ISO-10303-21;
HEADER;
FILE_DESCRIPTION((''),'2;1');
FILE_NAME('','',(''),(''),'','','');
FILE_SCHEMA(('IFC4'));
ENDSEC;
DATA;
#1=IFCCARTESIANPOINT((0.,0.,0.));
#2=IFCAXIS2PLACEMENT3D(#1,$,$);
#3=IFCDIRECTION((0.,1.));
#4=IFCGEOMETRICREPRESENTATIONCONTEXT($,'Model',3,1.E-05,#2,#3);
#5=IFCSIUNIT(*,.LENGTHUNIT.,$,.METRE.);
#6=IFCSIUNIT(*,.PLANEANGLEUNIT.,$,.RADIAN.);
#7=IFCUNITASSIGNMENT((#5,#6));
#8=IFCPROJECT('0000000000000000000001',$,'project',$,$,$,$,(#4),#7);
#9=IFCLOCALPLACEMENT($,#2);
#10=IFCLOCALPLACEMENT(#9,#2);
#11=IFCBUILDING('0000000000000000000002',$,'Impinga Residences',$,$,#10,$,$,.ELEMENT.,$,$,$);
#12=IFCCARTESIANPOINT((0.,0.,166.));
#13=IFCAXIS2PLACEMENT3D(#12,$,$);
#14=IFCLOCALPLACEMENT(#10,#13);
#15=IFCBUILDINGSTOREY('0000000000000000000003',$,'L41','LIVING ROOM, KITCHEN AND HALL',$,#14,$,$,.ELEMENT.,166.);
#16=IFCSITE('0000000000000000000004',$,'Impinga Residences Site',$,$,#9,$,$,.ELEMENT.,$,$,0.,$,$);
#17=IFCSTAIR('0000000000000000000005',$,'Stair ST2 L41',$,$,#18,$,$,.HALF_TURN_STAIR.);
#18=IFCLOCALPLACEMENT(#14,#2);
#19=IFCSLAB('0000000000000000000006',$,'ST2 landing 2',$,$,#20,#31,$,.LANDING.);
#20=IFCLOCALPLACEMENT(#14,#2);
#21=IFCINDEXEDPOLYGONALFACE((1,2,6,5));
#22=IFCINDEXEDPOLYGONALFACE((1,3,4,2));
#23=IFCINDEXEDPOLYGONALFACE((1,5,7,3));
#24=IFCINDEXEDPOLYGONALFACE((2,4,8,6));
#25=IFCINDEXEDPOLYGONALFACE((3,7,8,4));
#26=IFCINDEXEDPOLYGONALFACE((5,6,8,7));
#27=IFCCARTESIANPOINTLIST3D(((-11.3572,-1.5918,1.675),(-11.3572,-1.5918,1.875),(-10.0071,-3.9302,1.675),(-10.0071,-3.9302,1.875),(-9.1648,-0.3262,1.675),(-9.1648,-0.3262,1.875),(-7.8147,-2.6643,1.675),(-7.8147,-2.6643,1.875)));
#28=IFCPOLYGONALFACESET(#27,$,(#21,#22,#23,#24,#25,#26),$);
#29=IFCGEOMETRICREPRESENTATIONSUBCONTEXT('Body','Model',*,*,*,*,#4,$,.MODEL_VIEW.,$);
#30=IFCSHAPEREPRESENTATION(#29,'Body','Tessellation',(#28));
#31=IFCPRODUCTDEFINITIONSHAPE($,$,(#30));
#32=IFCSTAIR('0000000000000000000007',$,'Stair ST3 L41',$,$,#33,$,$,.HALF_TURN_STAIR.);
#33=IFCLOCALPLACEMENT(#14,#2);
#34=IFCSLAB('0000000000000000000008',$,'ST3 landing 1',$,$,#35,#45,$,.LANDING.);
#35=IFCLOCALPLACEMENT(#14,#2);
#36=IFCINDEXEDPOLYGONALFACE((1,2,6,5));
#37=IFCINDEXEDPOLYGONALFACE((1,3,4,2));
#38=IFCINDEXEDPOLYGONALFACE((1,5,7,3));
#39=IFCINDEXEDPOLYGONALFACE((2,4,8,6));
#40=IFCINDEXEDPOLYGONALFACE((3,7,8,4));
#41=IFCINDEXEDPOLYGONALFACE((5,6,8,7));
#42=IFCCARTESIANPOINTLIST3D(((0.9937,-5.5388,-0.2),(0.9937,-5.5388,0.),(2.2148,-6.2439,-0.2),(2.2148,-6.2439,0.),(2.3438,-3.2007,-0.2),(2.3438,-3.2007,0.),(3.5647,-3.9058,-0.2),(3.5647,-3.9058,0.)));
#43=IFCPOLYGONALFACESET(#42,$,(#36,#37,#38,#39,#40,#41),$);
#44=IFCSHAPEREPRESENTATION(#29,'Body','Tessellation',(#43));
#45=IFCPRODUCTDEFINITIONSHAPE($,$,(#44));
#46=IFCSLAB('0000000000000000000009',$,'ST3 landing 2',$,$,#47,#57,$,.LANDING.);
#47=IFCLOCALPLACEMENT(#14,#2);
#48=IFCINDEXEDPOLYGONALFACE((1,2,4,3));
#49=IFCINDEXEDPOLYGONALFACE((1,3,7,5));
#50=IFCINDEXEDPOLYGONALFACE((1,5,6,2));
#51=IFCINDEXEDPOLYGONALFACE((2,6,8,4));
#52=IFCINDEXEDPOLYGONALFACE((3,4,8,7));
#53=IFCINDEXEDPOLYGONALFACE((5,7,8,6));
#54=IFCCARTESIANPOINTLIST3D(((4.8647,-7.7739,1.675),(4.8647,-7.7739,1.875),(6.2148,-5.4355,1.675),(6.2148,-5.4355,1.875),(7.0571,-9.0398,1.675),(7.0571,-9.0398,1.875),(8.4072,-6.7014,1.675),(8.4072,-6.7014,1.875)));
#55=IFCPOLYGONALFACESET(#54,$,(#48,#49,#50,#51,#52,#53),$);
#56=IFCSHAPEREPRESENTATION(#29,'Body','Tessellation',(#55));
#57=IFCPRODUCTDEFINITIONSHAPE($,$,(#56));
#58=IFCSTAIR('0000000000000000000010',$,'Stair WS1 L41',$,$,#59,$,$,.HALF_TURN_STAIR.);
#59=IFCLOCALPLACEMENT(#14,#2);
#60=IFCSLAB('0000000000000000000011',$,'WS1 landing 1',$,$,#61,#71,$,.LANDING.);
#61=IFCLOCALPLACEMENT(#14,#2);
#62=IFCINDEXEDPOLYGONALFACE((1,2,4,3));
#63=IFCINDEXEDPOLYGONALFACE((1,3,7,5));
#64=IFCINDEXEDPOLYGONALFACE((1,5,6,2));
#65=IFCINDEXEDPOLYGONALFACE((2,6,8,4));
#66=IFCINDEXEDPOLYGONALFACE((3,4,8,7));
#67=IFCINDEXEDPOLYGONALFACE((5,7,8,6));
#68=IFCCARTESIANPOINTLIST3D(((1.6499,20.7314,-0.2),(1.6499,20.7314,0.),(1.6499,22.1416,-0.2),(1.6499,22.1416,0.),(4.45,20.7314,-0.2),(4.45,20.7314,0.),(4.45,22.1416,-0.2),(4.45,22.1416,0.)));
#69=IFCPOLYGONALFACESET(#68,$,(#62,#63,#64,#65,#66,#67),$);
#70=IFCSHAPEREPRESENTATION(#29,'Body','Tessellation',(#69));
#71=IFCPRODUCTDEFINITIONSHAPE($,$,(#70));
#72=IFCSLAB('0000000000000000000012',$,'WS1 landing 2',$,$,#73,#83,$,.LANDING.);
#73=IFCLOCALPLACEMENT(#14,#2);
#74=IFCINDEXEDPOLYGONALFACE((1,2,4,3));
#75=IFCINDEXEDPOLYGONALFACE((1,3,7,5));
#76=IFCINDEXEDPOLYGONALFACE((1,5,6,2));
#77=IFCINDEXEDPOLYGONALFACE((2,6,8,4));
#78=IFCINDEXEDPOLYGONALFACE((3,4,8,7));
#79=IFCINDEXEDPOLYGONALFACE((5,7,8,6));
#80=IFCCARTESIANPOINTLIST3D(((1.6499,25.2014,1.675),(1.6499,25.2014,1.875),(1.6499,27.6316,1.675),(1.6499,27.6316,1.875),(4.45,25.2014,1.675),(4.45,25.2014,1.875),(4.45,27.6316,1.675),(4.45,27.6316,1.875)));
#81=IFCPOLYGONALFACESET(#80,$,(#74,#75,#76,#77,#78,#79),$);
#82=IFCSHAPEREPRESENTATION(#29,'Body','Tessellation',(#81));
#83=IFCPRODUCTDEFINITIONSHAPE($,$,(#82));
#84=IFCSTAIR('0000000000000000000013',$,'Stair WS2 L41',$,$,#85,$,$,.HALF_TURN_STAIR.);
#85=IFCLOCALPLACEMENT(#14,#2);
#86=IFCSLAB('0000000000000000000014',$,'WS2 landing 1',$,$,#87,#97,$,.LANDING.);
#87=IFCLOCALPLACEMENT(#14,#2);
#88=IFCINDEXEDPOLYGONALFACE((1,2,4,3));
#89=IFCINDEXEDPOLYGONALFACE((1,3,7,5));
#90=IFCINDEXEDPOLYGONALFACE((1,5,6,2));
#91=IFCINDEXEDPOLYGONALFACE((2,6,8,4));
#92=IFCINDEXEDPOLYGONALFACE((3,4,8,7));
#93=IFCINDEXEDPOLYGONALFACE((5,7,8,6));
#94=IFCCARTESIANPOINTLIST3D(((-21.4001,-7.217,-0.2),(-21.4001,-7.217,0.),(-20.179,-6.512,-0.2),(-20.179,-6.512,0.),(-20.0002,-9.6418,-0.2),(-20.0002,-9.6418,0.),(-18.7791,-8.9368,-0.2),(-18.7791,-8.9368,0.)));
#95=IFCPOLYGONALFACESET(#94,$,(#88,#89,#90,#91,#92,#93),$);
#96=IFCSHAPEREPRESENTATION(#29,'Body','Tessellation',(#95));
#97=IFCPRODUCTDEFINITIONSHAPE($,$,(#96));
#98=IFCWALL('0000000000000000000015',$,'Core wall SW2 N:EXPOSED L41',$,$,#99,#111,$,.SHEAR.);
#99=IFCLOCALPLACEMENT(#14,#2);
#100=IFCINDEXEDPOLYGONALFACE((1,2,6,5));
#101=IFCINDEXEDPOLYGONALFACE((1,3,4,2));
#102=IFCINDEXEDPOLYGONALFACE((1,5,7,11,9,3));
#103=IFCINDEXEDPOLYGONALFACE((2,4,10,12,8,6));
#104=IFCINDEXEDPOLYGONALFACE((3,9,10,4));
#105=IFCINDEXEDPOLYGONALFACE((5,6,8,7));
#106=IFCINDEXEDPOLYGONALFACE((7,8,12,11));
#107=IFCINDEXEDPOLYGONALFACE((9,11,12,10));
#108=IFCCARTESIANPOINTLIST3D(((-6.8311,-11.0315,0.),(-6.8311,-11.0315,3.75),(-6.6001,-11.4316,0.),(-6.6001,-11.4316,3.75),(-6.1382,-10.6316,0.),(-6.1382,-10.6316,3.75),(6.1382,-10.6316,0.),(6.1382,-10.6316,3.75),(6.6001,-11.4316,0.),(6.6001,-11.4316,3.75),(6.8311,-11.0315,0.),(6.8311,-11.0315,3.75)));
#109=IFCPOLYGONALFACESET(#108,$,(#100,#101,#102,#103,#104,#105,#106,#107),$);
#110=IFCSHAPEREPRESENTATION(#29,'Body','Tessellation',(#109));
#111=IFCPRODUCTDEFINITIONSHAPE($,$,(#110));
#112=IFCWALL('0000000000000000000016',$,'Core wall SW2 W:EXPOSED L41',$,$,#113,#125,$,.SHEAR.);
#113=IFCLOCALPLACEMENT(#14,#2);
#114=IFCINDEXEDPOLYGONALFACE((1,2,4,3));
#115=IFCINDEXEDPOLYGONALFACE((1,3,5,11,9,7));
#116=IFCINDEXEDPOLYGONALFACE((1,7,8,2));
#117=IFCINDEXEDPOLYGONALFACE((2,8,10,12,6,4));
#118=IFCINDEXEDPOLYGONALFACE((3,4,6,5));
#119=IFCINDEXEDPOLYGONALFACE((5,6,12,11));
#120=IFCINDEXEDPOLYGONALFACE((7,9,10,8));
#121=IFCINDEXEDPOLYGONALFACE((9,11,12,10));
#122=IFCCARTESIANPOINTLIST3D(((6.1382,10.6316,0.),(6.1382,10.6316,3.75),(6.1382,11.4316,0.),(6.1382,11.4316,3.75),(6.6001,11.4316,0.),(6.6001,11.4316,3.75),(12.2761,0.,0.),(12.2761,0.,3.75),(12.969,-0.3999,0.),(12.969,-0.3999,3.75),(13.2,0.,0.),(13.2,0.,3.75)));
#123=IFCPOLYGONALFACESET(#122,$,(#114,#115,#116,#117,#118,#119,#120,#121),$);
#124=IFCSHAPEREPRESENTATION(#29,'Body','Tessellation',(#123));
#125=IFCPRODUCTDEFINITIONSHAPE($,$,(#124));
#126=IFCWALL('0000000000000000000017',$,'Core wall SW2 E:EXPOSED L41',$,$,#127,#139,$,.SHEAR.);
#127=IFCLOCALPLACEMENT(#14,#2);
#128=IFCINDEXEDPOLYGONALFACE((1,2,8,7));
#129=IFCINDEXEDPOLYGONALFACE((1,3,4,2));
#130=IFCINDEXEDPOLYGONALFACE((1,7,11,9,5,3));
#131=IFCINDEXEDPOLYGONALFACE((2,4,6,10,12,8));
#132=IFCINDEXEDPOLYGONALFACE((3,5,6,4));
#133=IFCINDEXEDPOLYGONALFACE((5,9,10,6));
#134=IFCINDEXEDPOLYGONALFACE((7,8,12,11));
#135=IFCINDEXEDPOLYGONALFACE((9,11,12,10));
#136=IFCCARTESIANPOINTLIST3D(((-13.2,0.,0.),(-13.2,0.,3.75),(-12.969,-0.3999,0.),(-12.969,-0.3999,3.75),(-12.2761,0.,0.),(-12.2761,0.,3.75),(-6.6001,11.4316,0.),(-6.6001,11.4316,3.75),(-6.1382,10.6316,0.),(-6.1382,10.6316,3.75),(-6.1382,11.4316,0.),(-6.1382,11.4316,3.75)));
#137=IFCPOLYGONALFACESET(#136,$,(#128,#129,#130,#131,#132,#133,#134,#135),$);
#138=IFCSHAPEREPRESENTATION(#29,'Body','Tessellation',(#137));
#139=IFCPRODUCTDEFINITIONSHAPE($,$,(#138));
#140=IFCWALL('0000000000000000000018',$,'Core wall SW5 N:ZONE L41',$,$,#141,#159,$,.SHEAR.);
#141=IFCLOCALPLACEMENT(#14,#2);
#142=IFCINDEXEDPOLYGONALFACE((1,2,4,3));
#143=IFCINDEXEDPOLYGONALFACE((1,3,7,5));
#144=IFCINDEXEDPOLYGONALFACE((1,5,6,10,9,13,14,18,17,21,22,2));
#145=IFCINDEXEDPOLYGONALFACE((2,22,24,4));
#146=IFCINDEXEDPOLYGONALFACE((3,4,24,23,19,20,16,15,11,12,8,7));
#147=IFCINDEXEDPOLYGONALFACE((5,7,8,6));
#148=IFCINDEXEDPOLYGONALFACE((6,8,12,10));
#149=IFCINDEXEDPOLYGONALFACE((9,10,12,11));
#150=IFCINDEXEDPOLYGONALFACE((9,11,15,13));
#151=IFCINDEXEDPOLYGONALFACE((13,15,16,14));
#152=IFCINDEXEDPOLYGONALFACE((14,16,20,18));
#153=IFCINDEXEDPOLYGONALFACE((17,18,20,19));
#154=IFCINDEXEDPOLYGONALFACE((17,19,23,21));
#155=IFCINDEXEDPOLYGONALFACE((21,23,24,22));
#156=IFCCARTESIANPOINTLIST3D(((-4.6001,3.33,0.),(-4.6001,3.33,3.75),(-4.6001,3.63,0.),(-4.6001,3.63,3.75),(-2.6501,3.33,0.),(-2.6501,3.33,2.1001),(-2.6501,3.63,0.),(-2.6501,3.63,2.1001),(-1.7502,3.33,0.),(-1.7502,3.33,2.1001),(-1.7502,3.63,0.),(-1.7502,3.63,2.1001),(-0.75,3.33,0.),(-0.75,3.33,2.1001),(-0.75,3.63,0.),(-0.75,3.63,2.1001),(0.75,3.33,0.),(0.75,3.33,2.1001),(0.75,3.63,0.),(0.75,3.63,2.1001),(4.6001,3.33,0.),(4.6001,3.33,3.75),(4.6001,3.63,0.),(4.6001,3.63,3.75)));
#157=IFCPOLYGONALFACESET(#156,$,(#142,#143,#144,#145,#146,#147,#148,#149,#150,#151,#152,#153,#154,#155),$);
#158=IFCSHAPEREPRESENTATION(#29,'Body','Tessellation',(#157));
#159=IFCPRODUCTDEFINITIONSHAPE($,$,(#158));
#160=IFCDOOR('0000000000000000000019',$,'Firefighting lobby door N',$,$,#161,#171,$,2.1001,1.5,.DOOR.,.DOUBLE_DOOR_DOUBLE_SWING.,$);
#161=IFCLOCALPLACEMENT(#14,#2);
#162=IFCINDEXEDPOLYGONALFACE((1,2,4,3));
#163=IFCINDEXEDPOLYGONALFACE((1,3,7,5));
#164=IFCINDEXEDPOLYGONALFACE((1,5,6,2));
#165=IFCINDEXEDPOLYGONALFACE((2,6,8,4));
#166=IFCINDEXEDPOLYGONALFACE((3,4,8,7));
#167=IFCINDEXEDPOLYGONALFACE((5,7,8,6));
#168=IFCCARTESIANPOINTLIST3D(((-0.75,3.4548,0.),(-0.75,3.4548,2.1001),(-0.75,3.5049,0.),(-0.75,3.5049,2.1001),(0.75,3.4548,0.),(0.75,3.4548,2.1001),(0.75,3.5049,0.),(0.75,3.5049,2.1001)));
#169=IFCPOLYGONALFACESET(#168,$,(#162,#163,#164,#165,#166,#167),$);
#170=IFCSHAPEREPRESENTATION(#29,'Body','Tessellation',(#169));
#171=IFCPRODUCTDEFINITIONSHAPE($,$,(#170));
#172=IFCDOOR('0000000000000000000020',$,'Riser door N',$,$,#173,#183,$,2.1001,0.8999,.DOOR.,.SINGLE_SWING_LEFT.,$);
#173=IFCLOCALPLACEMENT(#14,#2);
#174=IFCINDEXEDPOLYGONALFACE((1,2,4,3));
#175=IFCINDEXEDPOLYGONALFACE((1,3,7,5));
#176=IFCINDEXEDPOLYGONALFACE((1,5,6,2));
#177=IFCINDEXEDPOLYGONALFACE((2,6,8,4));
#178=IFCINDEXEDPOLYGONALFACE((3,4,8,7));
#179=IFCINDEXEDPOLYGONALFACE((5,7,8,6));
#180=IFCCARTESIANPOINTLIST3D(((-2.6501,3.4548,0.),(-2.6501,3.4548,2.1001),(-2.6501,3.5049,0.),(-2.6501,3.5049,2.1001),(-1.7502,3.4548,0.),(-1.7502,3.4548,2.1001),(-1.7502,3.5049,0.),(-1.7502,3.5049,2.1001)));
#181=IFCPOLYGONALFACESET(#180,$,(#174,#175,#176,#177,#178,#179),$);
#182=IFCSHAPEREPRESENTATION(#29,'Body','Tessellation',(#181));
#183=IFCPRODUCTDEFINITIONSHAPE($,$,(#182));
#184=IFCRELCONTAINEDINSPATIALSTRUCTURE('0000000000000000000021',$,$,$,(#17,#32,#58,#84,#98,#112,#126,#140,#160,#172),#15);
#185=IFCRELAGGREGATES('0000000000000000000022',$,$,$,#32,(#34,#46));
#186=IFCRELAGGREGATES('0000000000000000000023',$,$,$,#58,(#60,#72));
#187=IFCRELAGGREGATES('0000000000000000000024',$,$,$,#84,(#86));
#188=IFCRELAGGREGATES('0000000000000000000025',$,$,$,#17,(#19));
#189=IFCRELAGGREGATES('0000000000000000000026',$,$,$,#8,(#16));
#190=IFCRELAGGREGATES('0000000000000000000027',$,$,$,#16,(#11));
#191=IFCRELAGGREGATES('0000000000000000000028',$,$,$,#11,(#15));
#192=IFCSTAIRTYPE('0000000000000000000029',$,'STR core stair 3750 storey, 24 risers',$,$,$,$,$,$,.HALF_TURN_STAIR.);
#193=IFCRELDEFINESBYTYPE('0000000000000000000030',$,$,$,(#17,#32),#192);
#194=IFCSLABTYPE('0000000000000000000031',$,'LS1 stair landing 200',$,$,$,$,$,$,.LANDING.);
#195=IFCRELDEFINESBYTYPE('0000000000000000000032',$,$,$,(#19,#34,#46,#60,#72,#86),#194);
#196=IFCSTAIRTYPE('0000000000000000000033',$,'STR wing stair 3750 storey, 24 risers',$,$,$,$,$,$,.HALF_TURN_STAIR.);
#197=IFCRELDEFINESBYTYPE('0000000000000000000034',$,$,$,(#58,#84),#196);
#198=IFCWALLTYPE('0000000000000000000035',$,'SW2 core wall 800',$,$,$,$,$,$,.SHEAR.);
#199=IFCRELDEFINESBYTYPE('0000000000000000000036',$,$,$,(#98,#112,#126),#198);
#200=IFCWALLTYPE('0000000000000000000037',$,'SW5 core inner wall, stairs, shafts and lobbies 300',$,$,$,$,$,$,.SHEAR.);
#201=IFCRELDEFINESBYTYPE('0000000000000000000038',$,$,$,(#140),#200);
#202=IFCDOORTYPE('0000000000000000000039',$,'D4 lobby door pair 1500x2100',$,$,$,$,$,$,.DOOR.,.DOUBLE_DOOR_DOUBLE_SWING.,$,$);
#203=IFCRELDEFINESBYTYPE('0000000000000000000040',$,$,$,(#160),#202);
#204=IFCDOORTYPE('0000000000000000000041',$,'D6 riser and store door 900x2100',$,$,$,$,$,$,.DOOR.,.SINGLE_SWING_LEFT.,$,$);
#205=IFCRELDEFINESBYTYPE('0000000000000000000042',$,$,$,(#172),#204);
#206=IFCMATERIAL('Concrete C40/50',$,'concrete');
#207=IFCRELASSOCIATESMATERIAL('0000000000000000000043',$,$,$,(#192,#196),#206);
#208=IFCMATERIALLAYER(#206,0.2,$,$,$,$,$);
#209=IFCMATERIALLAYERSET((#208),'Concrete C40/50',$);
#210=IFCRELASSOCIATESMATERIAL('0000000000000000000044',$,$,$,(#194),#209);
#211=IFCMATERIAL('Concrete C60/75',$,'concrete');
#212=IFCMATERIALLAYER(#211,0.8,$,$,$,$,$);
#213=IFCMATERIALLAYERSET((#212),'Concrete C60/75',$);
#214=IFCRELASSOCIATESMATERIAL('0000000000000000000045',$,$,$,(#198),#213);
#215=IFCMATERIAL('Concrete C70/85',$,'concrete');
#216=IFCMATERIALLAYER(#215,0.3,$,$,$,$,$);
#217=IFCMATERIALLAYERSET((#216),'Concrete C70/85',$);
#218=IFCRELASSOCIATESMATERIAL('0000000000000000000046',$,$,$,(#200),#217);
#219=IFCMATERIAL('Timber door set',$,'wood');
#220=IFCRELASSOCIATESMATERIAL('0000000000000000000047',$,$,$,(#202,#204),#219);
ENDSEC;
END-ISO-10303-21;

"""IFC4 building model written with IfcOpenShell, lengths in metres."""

from ifc_helpers import new_model, si_unit, direction, frame, frame_2d, origin, place, context, subcontext, project, spatial, polyline, rectangle, outline, extrude, material, layer, layer_set, type_object, element, fill, aggregate, save


model = new_model("IFC4")

# Units and contexts
model_context = context("Model", 3, precision=1e-05, world=origin(), true_north=direction((0.0, 1.0)))
body_context = subcontext(model_context, "Body", "Model", "MODEL_VIEW")
ifc_project = project(units=[si_unit("LENGTHUNIT", "METRE"), si_unit("PLANEANGLEUNIT", "RADIAN")], contexts=[model_context])

# Site, building, storey
site_placement = place(None, origin())
site = spatial("IfcSite", under=ifc_project, at=site_placement, Name="Impinga Residences Site", CompositionType="ELEMENT", RefElevation=0.0)
building_placement = place(site_placement, origin())
building = spatial("IfcBuilding", under=site, at=building_placement, Name="Impinga Residences", CompositionType="ELEMENT")
storey_placement = place(building_placement, frame((0.0, 0.0, 166.0)))
storey = spatial("IfcBuildingStorey", under=building, at=storey_placement, Name="L41", Description="LIVING ROOM, KITCHEN AND HALL", CompositionType="ELEMENT", Elevation=166.0)

# Shared definitions
ifc_material_1 = material(Name="Concrete C60/75", Category="concrete")

# Stairs, slabs
ifc_material_2 = material(Name="Concrete C40/50", Category="concrete")
stair_type_1 = type_object("IfcStairType", Name="STR core stair 3750 storey, 24 risers", PredefinedType="HALF_TURN_STAIR", material=ifc_material_2)
ifc_layer_1 = layer(ifc_material_2, 0.2)
ifc_layer_set_1 = layer_set([ifc_layer_1], Name="Concrete C40/50")
slab_type_1 = type_object("IfcSlabType", Name="LS1 stair landing 200", PredefinedType="LANDING", material=ifc_layer_set_1)
stair_1_placement = place(storey_placement, origin())
stair_1 = element("IfcStair", 1, at=stair_1_placement, inside=storey, type_object=stair_type_1, Name="Stair ST2 L41", PredefinedType="HALF_TURN_STAIR")
slab_1_placement = place(storey_placement, frame((0.0, 0.0, 1.675)))
slab_1 = element("IfcSlab", 2, at=slab_1_placement, type_object=slab_type_1, Name="ST2 landing 2", PredefinedType="LANDING", context=body_context, shape_type="SweptSolid", body=[
    extrude(outline(polyline([(-7.8147, -2.6643), (-9.1648, -0.3262), (-11.3572, -1.5918), (-10.0071, -3.9302), (-7.8147, -2.6643)])), origin(), (0.0, 0.0, 1.0), 0.2),
])
stair_2_placement = place(storey_placement, origin())
stair_2 = element("IfcStair", 3, at=stair_2_placement, inside=storey, type_object=stair_type_1, Name="Stair ST3 L41", PredefinedType="HALF_TURN_STAIR")
slab_2_placement = place(storey_placement, frame((0.0, 0.0, -0.2)))
slab_2 = element("IfcSlab", 4, at=slab_2_placement, type_object=slab_type_1, Name="ST3 landing 1", PredefinedType="LANDING", context=body_context, shape_type="SweptSolid", body=[
    extrude(outline(polyline([(2.3438, -3.2007), (0.9937, -5.5388), (2.2148, -6.2439), (3.5647, -3.9058), (2.3438, -3.2007)])), origin(), (0.0, 0.0, 1.0), 0.2),
])
slab_3_placement = place(storey_placement, frame((0.0, 0.0, 1.675)))
slab_3 = element("IfcSlab", 5, at=slab_3_placement, type_object=slab_type_1, Name="ST3 landing 2", PredefinedType="LANDING", context=body_context, shape_type="SweptSolid", body=[
    extrude(outline(polyline([(6.2148, -5.4355), (4.8647, -7.7739), (7.0571, -9.0398), (8.4072, -6.7014), (6.2148, -5.4355)])), origin(), (0.0, 0.0, 1.0), 0.2),
])
aggregate(stair_2, [slab_2, slab_3])
stair_type_2 = type_object("IfcStairType", Name="STR wing stair 3750 storey, 24 risers", PredefinedType="HALF_TURN_STAIR", material=ifc_material_2)
stair_3_placement = place(storey_placement, origin())
stair_3 = element("IfcStair", 6, at=stair_3_placement, inside=storey, type_object=stair_type_2, Name="Stair WS1 L41", PredefinedType="HALF_TURN_STAIR")
slab_4_placement = place(storey_placement, frame((0.0, 0.0, -0.2)))
slab_4 = element("IfcSlab", 7, at=slab_4_placement, type_object=slab_type_1, Name="WS1 landing 1", PredefinedType="LANDING", context=body_context, shape_type="SweptSolid", body=[
    extrude(outline(polyline([(1.6499, 20.7314), (4.45, 20.7314), (4.45, 22.1416), (1.6499, 22.1416), (1.6499, 20.7314)])), origin(), (0.0, 0.0, 1.0), 0.2),
])
slab_5_placement = place(storey_placement, frame((0.0, 0.0, 1.675)))
slab_5 = element("IfcSlab", 8, at=slab_5_placement, type_object=slab_type_1, Name="WS1 landing 2", PredefinedType="LANDING", context=body_context, shape_type="SweptSolid", body=[
    extrude(outline(polyline([(1.6499, 25.2014), (4.45, 25.2014), (4.45, 27.6316), (1.6499, 27.6316), (1.6499, 25.2014)])), origin(), (0.0, 0.0, 1.0), 0.2),
])
aggregate(stair_3, [slab_4, slab_5])

# Stair, slab
stair_4_placement = place(storey_placement, origin())
stair_4 = element("IfcStair", 9, at=stair_4_placement, inside=storey, type_object=stair_type_2, Name="Stair WS2 L41", PredefinedType="HALF_TURN_STAIR")
slab_6_placement = place(storey_placement, frame((0.0, 0.0, -0.2)))
slab_6 = element("IfcSlab", 10, at=slab_6_placement, type_object=slab_type_1, Name="WS2 landing 1", PredefinedType="LANDING", context=body_context, shape_type="SweptSolid", body=[
    extrude(outline(polyline([(-18.7791, -8.9368), (-20.179, -6.512), (-21.4001, -7.217), (-20.0002, -9.6418), (-18.7791, -8.9368)])), origin(), (0.0, 0.0, 1.0), 0.2),
])
aggregate(stair_4, [slab_6])

# Walls
ifc_layer_2 = layer(ifc_material_1, 0.8)
ifc_layer_set_2 = layer_set([ifc_layer_2], Name="Concrete C60/75")
wall_type_1 = type_object("IfcWallType", Name="SW2 core wall 800", PredefinedType="SHEAR", material=ifc_layer_set_2)
wall_1_placement = place(storey_placement, origin())
element("IfcWall", 11, at=wall_1_placement, inside=storey, type_object=wall_type_1, Name="Core wall SW2 N:EXPOSED L41", PredefinedType="SHEAR", context=body_context, shape_type="SweptSolid", body=[
    extrude(outline(polyline([(-6.6001, -11.4316), (6.6001, -11.4316), (6.8311, -11.0315), (6.1382, -10.6316), (-6.1382, -10.6316), (-6.8311, -11.0315), (-6.6001, -11.4316)])), origin(), (0.0, 0.0, 1.0), 3.75),
])
wall_2_placement = place(storey_placement, origin())
element("IfcWall", 12, at=wall_2_placement, inside=storey, type_object=wall_type_1, Name="Core wall SW2 W:EXPOSED L41", PredefinedType="SHEAR", context=body_context, shape_type="SweptSolid", body=[
    extrude(outline(polyline([(13.2, 0.0), (6.6001, 11.4316), (6.1382, 11.4316), (6.1382, 10.6316), (12.2761, 0.0), (12.969, -0.3999), (13.2, 0.0)])), origin(), (0.0, 0.0, 1.0), 3.75),
])
wall_3_placement = place(storey_placement, origin())
element("IfcWall", 13, at=wall_3_placement, inside=storey, type_object=wall_type_1, Name="Core wall SW2 E:EXPOSED L41", PredefinedType="SHEAR", context=body_context, shape_type="SweptSolid", body=[
    extrude(outline(polyline([(-6.6001, 11.4316), (-13.2, 0.0), (-12.969, -0.3999), (-12.2761, 0.0), (-6.1382, 10.6316), (-6.1382, 11.4316), (-6.6001, 11.4316)])), origin(), (0.0, 0.0, 1.0), 3.75),
])

# Wall, openings, doors
ifc_material_3 = material(Name="Concrete C70/85", Category="concrete")
ifc_layer_3 = layer(ifc_material_3, 0.3)
ifc_layer_set_3 = layer_set([ifc_layer_3], Name="Concrete C70/85")
wall_type_2 = type_object("IfcWallType", Name="SW5 core inner wall, stairs, shafts and lobbies 300", PredefinedType="SHEAR", material=ifc_layer_set_3)
wall_4_placement = place(storey_placement, frame((-4.6001, 3.48, 0.0), z_axis=(0.0, 0.0, 1.0), x_axis=(1.0, 0.0, 0.0)))
wall_4 = element("IfcWall", 14, at=wall_4_placement, inside=storey, type_object=wall_type_2, Name="Core wall SW5 N:ZONE L41", PredefinedType="SHEAR", context=body_context, shape_type="SweptSolid", body=[
    extrude(rectangle(XDim=9.2002, YDim=0.3, at=frame_2d((4.6001, 0.0))), origin(), (0.0, 0.0, 1.0), 3.75),
])
opening_1_placement = place(wall_4_placement, frame((3.8501, 0.0, 0.0)))
opening_1 = element("IfcOpeningElement", 15, at=opening_1_placement, cuts=wall_4, PredefinedType="OPENING", context=body_context, shape_type="SweptSolid", body=[
    extrude(rectangle(XDim=1.5, YDim=2.1001, at=frame_2d((0.75, 1.05))), frame((0.0, 0.1599, 0.0), z_axis=(0.0, -1.0, 0.0), x_axis=(1.0, 0.0, 0.0)), (0.0, 0.0, 1.0), 0.3201),
])
opening_2_placement = place(wall_4_placement, frame((1.95, 0.0, 0.0)))
opening_2 = element("IfcOpeningElement", 16, at=opening_2_placement, cuts=wall_4, PredefinedType="OPENING", context=body_context, shape_type="SweptSolid", body=[
    extrude(rectangle(XDim=0.8999, YDim=2.1001, at=frame_2d((0.45, 1.05))), frame((0.0, 0.1599, 0.0), z_axis=(0.0, -1.0, 0.0), x_axis=(1.0, 0.0, 0.0)), (0.0, 0.0, 1.0), 0.3201),
])
ifc_material_4 = material(Name="Timber door set", Category="wood")
door_type_1 = type_object("IfcDoorType", Name="D4 lobby door pair 1500x2100", OperationType="DOUBLE_DOOR_DOUBLE_SWING", PredefinedType="DOOR", material=ifc_material_4)
door_1_placement = place(opening_1_placement, origin())
door_1 = element("IfcDoor", 17, at=door_1_placement, inside=storey, type_object=door_type_1, Name="Firefighting lobby door N", OperationType="DOUBLE_DOOR_DOUBLE_SWING", OverallHeight=2.1001, OverallWidth=1.5, PredefinedType="DOOR", context=body_context, shape_type="SweptSolid", body=[
    extrude(rectangle(XDim=1.5, YDim=2.1001, at=frame_2d((0.75, 1.05))), frame((0.0, 0.0249, 0.0), z_axis=(0.0, -1.0, 0.0), x_axis=(1.0, 0.0, 0.0)), (0.0, 0.0, 1.0), 0.05),
])
fill(opening_1, door_1)
door_type_2 = type_object("IfcDoorType", Name="D6 riser and store door 900x2100", OperationType="SINGLE_SWING_LEFT", PredefinedType="DOOR", material=ifc_material_4)
door_2_placement = place(opening_2_placement, origin())
door_2 = element("IfcDoor", 18, at=door_2_placement, inside=storey, type_object=door_type_2, Name="Riser door N", OperationType="SINGLE_SWING_LEFT", OverallHeight=2.1001, OverallWidth=0.8999, PredefinedType="DOOR", context=body_context, shape_type="SweptSolid", body=[
    extrude(rectangle(XDim=0.8999, YDim=2.1001, at=frame_2d((0.45, 1.05))), frame((0.0, 0.0249, 0.0), z_axis=(0.0, -1.0, 0.0), x_axis=(1.0, 0.0, 0.0)), (0.0, 0.0, 1.0), 0.05),
])
fill(opening_2, door_2)

aggregate(stair_1, [slab_1])

save(model, "model.ifc")
